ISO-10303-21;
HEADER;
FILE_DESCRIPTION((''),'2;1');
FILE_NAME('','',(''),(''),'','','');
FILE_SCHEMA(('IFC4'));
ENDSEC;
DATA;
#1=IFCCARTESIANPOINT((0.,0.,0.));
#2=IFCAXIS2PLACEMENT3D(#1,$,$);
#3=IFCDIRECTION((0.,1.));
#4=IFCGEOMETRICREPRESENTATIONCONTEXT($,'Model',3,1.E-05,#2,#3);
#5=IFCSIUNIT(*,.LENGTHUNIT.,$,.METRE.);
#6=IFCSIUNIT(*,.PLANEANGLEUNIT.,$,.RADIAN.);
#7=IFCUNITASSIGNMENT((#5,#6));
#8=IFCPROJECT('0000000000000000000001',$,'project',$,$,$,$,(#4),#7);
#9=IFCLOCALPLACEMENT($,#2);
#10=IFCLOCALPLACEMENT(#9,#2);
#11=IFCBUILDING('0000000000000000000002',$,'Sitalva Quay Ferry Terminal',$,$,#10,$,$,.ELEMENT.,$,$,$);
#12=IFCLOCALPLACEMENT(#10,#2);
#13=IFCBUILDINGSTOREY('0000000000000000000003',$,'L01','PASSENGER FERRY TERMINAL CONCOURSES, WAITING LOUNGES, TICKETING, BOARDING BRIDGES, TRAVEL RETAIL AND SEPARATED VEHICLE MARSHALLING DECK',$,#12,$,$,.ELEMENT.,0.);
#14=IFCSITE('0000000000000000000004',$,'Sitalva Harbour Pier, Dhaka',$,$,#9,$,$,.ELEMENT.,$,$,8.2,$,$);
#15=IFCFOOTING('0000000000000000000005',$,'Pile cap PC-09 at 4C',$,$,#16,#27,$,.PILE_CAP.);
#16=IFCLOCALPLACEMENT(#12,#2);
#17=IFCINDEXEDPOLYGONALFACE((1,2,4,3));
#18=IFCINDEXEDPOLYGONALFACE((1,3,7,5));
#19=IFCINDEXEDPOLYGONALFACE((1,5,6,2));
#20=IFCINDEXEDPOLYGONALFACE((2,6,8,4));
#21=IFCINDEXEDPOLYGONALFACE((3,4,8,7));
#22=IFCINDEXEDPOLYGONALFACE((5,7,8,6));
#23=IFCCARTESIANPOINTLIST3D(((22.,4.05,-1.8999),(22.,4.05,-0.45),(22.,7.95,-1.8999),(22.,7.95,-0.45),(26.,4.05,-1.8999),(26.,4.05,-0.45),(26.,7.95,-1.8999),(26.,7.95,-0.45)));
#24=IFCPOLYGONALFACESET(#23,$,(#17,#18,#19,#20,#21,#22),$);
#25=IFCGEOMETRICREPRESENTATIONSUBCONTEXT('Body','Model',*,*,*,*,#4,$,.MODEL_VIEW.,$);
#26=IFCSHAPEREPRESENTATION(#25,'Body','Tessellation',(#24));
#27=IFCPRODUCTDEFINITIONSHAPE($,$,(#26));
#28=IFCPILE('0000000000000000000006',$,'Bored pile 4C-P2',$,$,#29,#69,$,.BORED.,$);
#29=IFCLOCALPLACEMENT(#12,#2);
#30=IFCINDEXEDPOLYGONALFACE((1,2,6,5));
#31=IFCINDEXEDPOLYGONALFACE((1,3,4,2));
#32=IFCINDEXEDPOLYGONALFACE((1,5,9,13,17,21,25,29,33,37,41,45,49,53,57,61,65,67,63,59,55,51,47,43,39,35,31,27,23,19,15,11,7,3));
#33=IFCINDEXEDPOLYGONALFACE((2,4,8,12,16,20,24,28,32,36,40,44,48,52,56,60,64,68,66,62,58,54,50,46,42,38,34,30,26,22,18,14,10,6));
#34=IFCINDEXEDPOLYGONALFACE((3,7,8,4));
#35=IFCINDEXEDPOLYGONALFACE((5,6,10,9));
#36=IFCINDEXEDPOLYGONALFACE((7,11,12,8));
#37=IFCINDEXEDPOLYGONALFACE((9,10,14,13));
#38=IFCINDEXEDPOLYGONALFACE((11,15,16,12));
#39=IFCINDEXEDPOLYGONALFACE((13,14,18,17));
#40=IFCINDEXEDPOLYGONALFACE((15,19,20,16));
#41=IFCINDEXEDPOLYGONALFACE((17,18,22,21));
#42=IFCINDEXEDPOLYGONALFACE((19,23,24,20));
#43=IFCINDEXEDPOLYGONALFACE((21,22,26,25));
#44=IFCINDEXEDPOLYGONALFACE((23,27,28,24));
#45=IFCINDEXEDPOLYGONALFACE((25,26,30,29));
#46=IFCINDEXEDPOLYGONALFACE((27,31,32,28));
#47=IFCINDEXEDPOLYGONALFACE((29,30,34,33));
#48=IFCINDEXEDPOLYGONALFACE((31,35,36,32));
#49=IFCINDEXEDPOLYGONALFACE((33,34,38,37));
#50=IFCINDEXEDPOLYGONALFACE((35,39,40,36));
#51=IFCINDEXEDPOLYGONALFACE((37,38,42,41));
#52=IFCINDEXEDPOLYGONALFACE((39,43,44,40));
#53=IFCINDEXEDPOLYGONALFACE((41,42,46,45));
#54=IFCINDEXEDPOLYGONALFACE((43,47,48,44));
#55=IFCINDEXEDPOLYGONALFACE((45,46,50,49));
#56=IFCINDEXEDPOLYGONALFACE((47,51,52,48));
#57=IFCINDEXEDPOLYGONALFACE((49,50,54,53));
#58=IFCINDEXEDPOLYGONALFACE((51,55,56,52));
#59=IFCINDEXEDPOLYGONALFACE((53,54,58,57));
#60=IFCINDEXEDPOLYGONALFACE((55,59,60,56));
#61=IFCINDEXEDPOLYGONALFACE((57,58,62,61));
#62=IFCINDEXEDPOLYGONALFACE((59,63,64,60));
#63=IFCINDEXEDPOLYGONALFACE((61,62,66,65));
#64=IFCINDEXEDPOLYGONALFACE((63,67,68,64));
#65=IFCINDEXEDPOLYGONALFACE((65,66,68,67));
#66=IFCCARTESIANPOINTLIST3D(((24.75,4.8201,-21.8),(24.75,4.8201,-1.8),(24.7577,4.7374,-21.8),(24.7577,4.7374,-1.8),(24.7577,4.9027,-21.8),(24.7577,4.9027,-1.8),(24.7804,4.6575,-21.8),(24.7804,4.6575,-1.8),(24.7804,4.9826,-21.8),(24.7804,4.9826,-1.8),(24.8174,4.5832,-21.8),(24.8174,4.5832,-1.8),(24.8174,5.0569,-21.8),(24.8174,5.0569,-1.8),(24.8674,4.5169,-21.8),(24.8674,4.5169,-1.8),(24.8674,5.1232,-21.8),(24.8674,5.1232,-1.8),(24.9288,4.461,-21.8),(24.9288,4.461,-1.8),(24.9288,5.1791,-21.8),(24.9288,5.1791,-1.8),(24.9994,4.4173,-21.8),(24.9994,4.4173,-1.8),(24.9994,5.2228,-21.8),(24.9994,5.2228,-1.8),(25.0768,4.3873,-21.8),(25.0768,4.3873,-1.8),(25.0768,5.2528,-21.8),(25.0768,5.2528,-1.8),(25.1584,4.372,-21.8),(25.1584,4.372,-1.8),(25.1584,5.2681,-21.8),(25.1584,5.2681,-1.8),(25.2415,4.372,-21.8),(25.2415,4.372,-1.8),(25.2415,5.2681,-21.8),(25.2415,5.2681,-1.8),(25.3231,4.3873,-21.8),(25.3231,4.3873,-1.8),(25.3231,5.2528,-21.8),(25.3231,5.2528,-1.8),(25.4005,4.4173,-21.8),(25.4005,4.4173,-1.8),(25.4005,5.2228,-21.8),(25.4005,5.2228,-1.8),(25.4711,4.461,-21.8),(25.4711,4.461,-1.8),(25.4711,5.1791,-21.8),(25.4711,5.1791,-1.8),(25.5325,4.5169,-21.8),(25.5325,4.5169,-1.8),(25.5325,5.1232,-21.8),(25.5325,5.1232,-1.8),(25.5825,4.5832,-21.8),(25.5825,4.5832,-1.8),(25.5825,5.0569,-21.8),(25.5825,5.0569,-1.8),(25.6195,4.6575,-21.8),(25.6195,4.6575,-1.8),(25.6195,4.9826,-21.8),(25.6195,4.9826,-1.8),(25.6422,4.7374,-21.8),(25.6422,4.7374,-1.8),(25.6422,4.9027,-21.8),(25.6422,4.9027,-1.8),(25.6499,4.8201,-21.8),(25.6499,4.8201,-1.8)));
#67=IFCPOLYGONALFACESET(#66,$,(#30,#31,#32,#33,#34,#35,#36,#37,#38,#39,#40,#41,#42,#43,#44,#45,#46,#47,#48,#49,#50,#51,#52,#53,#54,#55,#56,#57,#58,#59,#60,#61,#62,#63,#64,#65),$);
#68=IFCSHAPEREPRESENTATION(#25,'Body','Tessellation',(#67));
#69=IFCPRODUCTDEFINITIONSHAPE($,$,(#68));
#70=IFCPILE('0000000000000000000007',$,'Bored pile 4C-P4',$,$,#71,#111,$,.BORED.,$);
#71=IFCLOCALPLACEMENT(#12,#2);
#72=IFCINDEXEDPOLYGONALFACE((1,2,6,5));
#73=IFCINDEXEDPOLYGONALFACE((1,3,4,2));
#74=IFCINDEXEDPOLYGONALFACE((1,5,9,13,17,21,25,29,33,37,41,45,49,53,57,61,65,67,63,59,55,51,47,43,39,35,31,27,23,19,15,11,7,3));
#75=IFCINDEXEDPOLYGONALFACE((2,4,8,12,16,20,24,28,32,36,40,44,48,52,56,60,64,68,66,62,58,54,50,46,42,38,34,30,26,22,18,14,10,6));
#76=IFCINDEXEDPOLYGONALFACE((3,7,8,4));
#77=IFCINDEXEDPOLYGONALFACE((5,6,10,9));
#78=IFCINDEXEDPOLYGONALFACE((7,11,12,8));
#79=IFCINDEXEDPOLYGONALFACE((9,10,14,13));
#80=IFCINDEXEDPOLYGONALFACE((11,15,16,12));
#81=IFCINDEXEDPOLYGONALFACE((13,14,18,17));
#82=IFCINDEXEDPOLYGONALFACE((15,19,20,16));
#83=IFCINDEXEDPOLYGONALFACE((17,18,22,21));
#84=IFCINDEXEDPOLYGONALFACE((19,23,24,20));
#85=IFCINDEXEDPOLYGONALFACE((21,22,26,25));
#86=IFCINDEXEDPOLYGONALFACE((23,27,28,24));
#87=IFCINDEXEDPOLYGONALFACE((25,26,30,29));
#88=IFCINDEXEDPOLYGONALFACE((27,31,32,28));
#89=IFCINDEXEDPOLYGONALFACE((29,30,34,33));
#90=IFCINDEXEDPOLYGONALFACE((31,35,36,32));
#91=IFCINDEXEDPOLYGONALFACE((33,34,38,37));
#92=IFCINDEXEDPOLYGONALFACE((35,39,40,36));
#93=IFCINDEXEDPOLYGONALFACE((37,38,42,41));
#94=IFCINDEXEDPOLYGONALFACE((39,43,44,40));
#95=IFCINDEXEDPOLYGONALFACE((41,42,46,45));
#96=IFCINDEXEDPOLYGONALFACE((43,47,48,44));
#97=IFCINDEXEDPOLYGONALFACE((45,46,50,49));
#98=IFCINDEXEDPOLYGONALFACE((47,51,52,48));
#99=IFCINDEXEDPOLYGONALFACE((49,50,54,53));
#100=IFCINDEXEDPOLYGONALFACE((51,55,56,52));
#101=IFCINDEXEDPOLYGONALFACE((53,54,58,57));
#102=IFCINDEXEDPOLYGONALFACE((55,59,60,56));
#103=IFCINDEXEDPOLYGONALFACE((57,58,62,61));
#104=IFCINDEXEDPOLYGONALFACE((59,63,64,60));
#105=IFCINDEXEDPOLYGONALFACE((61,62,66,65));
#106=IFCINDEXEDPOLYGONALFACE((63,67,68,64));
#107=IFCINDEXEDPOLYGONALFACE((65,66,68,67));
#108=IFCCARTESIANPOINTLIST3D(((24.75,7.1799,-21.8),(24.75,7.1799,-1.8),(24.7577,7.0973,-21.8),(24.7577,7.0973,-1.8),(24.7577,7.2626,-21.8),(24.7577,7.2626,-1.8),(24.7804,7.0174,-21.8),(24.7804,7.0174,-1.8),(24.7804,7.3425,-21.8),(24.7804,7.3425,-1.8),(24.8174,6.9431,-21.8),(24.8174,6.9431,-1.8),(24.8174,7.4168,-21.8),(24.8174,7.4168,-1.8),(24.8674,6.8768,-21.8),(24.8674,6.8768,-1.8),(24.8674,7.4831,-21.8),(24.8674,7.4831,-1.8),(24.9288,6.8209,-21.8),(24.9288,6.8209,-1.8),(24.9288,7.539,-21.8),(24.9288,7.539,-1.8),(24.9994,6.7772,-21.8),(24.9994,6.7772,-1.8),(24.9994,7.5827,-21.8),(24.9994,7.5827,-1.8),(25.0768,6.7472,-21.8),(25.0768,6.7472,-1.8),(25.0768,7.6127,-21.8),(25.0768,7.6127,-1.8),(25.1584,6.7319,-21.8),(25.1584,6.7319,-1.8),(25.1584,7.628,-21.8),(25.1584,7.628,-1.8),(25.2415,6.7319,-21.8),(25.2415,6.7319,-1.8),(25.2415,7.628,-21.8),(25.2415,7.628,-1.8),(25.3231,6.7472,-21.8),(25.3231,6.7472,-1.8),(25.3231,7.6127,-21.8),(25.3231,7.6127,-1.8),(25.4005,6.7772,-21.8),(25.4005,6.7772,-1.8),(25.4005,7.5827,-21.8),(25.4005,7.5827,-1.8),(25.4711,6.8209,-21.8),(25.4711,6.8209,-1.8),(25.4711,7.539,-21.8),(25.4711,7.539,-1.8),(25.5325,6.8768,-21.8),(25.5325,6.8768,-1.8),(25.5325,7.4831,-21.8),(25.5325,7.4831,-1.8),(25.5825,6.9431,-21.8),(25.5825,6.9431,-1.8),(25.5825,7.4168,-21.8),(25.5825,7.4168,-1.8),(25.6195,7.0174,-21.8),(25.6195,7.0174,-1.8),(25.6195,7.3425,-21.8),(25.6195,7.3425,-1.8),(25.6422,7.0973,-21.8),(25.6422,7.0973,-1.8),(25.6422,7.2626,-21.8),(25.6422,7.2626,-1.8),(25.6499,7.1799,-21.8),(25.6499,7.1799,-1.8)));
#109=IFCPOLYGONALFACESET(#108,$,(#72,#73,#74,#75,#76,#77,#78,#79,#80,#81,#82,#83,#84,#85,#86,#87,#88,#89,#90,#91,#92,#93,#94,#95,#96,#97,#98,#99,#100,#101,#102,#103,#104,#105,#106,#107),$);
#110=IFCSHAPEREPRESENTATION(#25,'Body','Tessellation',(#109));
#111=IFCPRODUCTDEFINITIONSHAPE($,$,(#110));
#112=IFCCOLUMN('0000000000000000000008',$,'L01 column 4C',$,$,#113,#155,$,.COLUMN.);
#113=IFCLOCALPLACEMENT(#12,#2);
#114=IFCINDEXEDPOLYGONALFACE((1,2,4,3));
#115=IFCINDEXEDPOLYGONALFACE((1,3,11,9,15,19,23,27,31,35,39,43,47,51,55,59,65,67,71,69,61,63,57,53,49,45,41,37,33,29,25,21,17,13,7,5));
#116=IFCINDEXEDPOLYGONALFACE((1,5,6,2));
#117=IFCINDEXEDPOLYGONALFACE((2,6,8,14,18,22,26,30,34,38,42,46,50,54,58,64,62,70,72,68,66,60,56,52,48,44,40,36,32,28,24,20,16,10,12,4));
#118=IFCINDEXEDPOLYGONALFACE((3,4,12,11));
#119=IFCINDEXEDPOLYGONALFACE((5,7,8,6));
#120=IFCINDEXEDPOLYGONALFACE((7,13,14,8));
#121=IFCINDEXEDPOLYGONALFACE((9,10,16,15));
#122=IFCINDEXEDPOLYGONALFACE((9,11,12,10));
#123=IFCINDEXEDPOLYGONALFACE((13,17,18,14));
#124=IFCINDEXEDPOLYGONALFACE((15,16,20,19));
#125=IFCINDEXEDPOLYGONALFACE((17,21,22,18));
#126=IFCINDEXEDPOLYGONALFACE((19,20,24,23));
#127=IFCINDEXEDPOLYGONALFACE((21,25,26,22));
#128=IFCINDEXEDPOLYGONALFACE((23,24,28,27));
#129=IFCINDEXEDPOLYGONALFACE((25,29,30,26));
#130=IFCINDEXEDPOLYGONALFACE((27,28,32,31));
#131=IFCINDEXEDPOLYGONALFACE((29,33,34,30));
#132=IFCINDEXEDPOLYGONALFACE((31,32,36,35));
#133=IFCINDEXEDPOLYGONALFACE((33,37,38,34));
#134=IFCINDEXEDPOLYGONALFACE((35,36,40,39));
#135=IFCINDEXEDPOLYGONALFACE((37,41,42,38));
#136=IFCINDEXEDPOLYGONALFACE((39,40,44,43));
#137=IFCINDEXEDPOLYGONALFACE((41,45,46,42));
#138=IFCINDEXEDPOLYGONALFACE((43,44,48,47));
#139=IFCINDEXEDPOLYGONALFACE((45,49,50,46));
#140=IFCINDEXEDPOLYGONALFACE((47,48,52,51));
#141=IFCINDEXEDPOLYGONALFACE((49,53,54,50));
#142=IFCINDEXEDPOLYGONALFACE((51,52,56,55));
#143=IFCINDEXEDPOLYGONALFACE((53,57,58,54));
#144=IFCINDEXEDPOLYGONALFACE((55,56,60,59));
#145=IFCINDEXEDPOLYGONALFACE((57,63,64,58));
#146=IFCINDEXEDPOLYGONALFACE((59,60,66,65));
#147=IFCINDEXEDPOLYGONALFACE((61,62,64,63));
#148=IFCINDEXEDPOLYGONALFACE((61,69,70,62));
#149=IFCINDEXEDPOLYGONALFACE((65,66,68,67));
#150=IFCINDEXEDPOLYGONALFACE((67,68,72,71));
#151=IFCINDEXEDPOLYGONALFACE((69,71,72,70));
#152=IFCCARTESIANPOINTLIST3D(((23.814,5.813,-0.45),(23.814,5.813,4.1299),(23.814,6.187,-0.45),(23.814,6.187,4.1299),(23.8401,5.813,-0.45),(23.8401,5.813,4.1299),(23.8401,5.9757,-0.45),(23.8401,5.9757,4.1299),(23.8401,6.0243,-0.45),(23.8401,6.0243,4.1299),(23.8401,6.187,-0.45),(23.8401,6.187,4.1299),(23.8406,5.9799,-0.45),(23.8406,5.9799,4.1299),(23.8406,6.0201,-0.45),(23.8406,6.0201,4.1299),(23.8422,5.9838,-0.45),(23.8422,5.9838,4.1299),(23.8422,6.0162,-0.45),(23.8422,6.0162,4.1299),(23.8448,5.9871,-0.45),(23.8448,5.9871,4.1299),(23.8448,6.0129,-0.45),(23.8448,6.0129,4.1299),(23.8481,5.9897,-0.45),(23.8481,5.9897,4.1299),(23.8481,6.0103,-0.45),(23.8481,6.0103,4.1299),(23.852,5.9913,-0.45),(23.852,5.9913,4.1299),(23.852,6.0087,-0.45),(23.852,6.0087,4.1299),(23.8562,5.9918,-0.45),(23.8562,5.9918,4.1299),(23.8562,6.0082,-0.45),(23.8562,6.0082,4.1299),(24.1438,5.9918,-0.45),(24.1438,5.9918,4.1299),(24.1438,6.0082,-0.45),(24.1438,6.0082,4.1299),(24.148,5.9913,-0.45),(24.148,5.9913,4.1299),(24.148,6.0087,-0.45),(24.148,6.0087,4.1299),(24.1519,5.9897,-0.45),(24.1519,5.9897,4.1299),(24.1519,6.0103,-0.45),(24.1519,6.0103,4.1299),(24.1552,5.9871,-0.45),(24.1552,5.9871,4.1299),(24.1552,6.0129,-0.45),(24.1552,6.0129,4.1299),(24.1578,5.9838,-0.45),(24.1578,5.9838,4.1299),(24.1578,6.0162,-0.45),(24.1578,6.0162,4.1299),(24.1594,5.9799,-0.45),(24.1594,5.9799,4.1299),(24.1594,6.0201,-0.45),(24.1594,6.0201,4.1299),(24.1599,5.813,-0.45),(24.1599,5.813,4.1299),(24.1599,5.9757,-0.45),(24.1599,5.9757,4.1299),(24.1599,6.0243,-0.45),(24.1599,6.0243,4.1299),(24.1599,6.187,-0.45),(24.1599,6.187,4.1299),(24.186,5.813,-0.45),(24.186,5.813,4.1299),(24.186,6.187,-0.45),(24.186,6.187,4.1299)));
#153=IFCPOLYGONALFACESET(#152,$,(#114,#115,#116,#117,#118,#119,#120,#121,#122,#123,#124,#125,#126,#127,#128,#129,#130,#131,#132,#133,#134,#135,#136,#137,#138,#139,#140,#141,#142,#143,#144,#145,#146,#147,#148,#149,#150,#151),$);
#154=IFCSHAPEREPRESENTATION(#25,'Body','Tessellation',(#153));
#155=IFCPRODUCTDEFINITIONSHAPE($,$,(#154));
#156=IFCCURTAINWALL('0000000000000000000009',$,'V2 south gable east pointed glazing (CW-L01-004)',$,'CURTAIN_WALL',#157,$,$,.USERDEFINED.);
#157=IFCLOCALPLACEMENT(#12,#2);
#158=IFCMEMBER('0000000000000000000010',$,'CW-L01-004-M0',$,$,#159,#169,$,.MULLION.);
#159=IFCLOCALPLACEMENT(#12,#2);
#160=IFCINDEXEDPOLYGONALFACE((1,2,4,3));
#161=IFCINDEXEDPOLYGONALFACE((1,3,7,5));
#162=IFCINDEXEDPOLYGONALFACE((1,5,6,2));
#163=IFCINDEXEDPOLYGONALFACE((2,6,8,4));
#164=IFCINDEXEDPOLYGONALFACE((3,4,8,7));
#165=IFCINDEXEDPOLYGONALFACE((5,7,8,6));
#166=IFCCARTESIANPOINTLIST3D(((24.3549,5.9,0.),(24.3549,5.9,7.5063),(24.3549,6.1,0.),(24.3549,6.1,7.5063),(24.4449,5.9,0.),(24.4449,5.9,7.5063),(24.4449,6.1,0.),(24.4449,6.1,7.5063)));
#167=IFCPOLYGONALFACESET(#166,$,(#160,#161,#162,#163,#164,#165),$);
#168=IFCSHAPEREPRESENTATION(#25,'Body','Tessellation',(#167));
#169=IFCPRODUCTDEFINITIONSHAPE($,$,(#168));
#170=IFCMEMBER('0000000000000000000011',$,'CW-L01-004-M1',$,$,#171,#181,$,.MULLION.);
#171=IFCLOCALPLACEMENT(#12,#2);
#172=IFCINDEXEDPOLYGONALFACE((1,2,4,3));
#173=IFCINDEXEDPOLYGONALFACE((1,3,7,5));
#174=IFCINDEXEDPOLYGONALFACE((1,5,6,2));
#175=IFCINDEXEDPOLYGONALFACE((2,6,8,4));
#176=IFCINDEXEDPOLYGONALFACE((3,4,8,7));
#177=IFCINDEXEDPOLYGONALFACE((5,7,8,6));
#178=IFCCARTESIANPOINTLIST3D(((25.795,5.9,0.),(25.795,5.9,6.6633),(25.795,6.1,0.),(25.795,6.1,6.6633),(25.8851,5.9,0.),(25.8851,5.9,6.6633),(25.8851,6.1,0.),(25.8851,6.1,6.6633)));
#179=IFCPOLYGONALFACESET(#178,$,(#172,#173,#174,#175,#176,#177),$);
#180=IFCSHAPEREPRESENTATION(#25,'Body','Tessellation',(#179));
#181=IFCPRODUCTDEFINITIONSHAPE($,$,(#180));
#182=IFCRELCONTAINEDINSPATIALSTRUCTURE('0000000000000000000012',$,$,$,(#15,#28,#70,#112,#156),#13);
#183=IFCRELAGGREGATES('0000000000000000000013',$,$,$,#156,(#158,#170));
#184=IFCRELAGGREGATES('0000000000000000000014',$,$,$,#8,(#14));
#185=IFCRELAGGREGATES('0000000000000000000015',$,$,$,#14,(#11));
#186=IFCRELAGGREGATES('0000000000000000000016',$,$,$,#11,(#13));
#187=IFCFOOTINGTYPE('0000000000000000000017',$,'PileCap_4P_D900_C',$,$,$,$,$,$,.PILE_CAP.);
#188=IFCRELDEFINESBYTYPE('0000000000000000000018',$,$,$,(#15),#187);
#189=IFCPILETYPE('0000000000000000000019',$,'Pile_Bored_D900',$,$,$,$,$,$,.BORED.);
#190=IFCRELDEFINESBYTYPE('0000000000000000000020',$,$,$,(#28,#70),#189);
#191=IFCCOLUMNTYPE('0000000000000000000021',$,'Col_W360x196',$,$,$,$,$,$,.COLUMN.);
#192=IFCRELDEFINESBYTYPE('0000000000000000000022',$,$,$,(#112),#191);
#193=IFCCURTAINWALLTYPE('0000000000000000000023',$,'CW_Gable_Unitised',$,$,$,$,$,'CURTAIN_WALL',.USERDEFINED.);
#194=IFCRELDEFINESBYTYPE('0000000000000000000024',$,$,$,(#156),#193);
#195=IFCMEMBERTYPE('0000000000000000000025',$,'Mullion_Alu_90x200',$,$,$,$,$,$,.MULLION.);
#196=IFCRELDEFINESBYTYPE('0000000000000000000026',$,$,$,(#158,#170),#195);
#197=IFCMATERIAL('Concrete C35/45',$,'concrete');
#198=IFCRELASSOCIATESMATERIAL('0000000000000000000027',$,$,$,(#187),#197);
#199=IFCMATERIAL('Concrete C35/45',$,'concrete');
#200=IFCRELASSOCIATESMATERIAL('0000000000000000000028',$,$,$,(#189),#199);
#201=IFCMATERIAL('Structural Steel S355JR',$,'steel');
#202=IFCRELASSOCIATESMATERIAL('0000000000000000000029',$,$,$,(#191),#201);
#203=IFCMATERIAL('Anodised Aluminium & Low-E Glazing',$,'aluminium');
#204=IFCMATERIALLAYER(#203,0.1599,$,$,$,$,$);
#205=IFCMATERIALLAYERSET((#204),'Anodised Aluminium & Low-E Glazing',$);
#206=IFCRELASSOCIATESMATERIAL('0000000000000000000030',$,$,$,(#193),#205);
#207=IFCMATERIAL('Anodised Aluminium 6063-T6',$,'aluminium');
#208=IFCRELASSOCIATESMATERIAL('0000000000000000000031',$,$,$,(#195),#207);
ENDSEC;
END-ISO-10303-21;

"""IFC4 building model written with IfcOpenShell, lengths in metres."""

from ifc_helpers import new_model, si_unit, direction, frame, origin, origin_2d, place, context, subcontext, project, spatial, rectangle, circle, i_section, extrude, material, layer, layer_set, material_profile, profile_set, type_object, element, aggregate, save


model = new_model("IFC4")

# Units and contexts
model_context = context("Model", 3, precision=1e-05, world=origin(), true_north=direction((0.0, 1.0)))
body_context = subcontext(model_context, "Body", "Model", "MODEL_VIEW")
ifc_project = project(units=[si_unit("LENGTHUNIT", "METRE"), si_unit("PLANEANGLEUNIT", "RADIAN")], contexts=[model_context])

# Site, building, storey
site_placement = place(None, origin())
site = spatial("IfcSite", under=ifc_project, at=site_placement, Name="Sitalva Harbour Pier, Dhaka", CompositionType="ELEMENT", RefElevation=8.2)
building_placement = place(site_placement, origin())
building = spatial("IfcBuilding", under=site, at=building_placement, Name="Sitalva Quay Ferry Terminal", CompositionType="ELEMENT")
storey_placement = place(building_placement, origin())
storey = spatial("IfcBuildingStorey", under=building, at=storey_placement, Name="L01", Description="PASSENGER FERRY TERMINAL CONCOURSES, WAITING LOUNGES, TICKETING, BOARDING BRIDGES, TRAVEL RETAIL AND SEPARATED VEHICLE MARSHALLING DECK", CompositionType="ELEMENT", Elevation=0.0)

# Footing
ifc_material_1 = material(Name="Concrete C35/45", Category="concrete")
footing_type = type_object("IfcFootingType", Name="PileCap_4P_D900_C", PredefinedType="PILE_CAP", material=ifc_material_1)
footing_placement = place(storey_placement, frame((24.0, 6.0, -1.8999), z_axis=(0.0, 0.0, 1.0), x_axis=(1.0, 0.0, 0.0)))
element("IfcFooting", 1, at=footing_placement, inside=storey, type_object=footing_type, Name="Pile cap PC-09 at 4C", PredefinedType="PILE_CAP", context=body_context, shape_type="SweptSolid", body=[
    extrude(rectangle(XDim=4.0, YDim=3.8999, at=origin_2d()), origin(), (0.0, 0.0, 1.0), 1.45),
])

# Piles
ifc_material_2 = material(Name="Concrete C35/45", Category="concrete")
ifc_material_profile_1 = material_profile(ifc_material_2, circle(Radius=0.45, at=origin_2d()), Name="PILE-D900")
ifc_profile_set_1 = profile_set([ifc_material_profile_1], Name="Concrete C35/45")
pile_type = type_object("IfcPileType", Name="Pile_Bored_D900", PredefinedType="BORED", material=ifc_profile_set_1)
for number, where, z_axis, x_axis, name in (
    (2, (25.2, 4.8201, -1.8), (0.0, 0.0, -1.0), (1.0, 0.0, 0.0), "Bored pile 4C-P2"),
    (3, (25.2, 7.1799, -1.8), (0.0, 0.0, -1.0), (1.0, 0.0, 0.0), "Bored pile 4C-P4"),
):
    element("IfcPile", number, at=place(storey_placement, frame(where, z_axis=z_axis, x_axis=x_axis)), inside=storey, type_object=pile_type, Name=name, PredefinedType="BORED", context=body_context, shape_type="SweptSolid", body=[
        extrude(circle(Radius=0.45, at=origin_2d()), origin(), (0.0, 0.0, 1.0), 20.0),
    ])

# Column
ifc_material_3 = material(Name="Structural Steel S355JR", Category="steel")
ifc_material_profile_2 = material_profile(ifc_material_3, i_section(OverallWidth=0.374, OverallDepth=0.3721, WebThickness=0.0164, FlangeThickness=0.0261, FilletRadius=0.0161, at=origin_2d()), Name="W360x196")
ifc_profile_set_2 = profile_set([ifc_material_profile_2], Name="Structural Steel S355JR")
column_type = type_object("IfcColumnType", Name="Col_W360x196", PredefinedType="COLUMN", material=ifc_profile_set_2)
column_placement = place(storey_placement, frame((24.0, 6.0, -0.45), z_axis=(0.0, 0.0, 1.0), x_axis=(0.0, 1.0, 0.0)))
element("IfcColumn", 4, at=column_placement, inside=storey, type_object=column_type, Name="L01 column 4C", PredefinedType="COLUMN", context=body_context, shape_type="SweptSolid", body=[
    extrude(i_section(OverallWidth=0.374, OverallDepth=0.3721, WebThickness=0.0164, FlangeThickness=0.0261, FilletRadius=0.0161, at=origin_2d()), origin(), (0.0, 0.0, 1.0), 4.5798),
])

# Curtain wall, members
ifc_material_4 = material(Name="Anodised Aluminium & Low-E Glazing", Category="aluminium")
ifc_layer_1 = layer(ifc_material_4, 0.1599)
ifc_layer_set_1 = layer_set([ifc_layer_1], Name="Anodised Aluminium & Low-E Glazing")
curtain_wall_type_1 = type_object("IfcCurtainWallType", Name="CW_Gable_Unitised", ElementType="CURTAIN_WALL", PredefinedType="USERDEFINED", material=ifc_layer_set_1)
curtain_wall_1_placement = place(storey_placement, origin())
curtain_wall_1 = element("IfcCurtainWall", 5, at=curtain_wall_1_placement, inside=storey, type_object=curtain_wall_type_1, Name="V2 south gable east pointed glazing (CW-L01-004)", ObjectType="CURTAIN_WALL", PredefinedType="USERDEFINED")
ifc_material_5 = material(Name="Anodised Aluminium 6063-T6", Category="aluminium")
ifc_material_profile_3 = material_profile(ifc_material_5, rectangle(XDim=0.0901, YDim=0.2, at=origin_2d()), Name="ALU90x200")
ifc_profile_set_3 = profile_set([ifc_material_profile_3], Name="Anodised Aluminium 6063-T6")
member_type_1 = type_object("IfcMemberType", Name="Mullion_Alu_90x200", PredefinedType="MULLION", material=ifc_profile_set_3)
member_1_placement = place(storey_placement, frame((24.3999, 6.0, 0.0), z_axis=(0.0, 0.0, 1.0), x_axis=(1.0, 0.0, 0.0)))
member_1 = element("IfcMember", 6, at=member_1_placement, type_object=member_type_1, Name="CW-L01-004-M0", PredefinedType="MULLION", context=body_context, shape_type="SweptSolid", body=[
    extrude(rectangle(XDim=0.0901, YDim=0.2, at=origin_2d()), origin(), (0.0, 0.0, 1.0), 7.5063),
])
member_2_placement = place(storey_placement, frame((25.8401, 6.0, 0.0), z_axis=(0.0, 0.0, 1.0), x_axis=(1.0, 0.0, 0.0)))
member_2 = element("IfcMember", 7, at=member_2_placement, type_object=member_type_1, Name="CW-L01-004-M1", PredefinedType="MULLION", context=body_context, shape_type="SweptSolid", body=[
    extrude(rectangle(XDim=0.0901, YDim=0.2, at=origin_2d()), origin(), (0.0, 0.0, 1.0), 6.6633),
])

aggregate(curtain_wall_1, [member_1, member_2])

save(model, "model.ifc")
